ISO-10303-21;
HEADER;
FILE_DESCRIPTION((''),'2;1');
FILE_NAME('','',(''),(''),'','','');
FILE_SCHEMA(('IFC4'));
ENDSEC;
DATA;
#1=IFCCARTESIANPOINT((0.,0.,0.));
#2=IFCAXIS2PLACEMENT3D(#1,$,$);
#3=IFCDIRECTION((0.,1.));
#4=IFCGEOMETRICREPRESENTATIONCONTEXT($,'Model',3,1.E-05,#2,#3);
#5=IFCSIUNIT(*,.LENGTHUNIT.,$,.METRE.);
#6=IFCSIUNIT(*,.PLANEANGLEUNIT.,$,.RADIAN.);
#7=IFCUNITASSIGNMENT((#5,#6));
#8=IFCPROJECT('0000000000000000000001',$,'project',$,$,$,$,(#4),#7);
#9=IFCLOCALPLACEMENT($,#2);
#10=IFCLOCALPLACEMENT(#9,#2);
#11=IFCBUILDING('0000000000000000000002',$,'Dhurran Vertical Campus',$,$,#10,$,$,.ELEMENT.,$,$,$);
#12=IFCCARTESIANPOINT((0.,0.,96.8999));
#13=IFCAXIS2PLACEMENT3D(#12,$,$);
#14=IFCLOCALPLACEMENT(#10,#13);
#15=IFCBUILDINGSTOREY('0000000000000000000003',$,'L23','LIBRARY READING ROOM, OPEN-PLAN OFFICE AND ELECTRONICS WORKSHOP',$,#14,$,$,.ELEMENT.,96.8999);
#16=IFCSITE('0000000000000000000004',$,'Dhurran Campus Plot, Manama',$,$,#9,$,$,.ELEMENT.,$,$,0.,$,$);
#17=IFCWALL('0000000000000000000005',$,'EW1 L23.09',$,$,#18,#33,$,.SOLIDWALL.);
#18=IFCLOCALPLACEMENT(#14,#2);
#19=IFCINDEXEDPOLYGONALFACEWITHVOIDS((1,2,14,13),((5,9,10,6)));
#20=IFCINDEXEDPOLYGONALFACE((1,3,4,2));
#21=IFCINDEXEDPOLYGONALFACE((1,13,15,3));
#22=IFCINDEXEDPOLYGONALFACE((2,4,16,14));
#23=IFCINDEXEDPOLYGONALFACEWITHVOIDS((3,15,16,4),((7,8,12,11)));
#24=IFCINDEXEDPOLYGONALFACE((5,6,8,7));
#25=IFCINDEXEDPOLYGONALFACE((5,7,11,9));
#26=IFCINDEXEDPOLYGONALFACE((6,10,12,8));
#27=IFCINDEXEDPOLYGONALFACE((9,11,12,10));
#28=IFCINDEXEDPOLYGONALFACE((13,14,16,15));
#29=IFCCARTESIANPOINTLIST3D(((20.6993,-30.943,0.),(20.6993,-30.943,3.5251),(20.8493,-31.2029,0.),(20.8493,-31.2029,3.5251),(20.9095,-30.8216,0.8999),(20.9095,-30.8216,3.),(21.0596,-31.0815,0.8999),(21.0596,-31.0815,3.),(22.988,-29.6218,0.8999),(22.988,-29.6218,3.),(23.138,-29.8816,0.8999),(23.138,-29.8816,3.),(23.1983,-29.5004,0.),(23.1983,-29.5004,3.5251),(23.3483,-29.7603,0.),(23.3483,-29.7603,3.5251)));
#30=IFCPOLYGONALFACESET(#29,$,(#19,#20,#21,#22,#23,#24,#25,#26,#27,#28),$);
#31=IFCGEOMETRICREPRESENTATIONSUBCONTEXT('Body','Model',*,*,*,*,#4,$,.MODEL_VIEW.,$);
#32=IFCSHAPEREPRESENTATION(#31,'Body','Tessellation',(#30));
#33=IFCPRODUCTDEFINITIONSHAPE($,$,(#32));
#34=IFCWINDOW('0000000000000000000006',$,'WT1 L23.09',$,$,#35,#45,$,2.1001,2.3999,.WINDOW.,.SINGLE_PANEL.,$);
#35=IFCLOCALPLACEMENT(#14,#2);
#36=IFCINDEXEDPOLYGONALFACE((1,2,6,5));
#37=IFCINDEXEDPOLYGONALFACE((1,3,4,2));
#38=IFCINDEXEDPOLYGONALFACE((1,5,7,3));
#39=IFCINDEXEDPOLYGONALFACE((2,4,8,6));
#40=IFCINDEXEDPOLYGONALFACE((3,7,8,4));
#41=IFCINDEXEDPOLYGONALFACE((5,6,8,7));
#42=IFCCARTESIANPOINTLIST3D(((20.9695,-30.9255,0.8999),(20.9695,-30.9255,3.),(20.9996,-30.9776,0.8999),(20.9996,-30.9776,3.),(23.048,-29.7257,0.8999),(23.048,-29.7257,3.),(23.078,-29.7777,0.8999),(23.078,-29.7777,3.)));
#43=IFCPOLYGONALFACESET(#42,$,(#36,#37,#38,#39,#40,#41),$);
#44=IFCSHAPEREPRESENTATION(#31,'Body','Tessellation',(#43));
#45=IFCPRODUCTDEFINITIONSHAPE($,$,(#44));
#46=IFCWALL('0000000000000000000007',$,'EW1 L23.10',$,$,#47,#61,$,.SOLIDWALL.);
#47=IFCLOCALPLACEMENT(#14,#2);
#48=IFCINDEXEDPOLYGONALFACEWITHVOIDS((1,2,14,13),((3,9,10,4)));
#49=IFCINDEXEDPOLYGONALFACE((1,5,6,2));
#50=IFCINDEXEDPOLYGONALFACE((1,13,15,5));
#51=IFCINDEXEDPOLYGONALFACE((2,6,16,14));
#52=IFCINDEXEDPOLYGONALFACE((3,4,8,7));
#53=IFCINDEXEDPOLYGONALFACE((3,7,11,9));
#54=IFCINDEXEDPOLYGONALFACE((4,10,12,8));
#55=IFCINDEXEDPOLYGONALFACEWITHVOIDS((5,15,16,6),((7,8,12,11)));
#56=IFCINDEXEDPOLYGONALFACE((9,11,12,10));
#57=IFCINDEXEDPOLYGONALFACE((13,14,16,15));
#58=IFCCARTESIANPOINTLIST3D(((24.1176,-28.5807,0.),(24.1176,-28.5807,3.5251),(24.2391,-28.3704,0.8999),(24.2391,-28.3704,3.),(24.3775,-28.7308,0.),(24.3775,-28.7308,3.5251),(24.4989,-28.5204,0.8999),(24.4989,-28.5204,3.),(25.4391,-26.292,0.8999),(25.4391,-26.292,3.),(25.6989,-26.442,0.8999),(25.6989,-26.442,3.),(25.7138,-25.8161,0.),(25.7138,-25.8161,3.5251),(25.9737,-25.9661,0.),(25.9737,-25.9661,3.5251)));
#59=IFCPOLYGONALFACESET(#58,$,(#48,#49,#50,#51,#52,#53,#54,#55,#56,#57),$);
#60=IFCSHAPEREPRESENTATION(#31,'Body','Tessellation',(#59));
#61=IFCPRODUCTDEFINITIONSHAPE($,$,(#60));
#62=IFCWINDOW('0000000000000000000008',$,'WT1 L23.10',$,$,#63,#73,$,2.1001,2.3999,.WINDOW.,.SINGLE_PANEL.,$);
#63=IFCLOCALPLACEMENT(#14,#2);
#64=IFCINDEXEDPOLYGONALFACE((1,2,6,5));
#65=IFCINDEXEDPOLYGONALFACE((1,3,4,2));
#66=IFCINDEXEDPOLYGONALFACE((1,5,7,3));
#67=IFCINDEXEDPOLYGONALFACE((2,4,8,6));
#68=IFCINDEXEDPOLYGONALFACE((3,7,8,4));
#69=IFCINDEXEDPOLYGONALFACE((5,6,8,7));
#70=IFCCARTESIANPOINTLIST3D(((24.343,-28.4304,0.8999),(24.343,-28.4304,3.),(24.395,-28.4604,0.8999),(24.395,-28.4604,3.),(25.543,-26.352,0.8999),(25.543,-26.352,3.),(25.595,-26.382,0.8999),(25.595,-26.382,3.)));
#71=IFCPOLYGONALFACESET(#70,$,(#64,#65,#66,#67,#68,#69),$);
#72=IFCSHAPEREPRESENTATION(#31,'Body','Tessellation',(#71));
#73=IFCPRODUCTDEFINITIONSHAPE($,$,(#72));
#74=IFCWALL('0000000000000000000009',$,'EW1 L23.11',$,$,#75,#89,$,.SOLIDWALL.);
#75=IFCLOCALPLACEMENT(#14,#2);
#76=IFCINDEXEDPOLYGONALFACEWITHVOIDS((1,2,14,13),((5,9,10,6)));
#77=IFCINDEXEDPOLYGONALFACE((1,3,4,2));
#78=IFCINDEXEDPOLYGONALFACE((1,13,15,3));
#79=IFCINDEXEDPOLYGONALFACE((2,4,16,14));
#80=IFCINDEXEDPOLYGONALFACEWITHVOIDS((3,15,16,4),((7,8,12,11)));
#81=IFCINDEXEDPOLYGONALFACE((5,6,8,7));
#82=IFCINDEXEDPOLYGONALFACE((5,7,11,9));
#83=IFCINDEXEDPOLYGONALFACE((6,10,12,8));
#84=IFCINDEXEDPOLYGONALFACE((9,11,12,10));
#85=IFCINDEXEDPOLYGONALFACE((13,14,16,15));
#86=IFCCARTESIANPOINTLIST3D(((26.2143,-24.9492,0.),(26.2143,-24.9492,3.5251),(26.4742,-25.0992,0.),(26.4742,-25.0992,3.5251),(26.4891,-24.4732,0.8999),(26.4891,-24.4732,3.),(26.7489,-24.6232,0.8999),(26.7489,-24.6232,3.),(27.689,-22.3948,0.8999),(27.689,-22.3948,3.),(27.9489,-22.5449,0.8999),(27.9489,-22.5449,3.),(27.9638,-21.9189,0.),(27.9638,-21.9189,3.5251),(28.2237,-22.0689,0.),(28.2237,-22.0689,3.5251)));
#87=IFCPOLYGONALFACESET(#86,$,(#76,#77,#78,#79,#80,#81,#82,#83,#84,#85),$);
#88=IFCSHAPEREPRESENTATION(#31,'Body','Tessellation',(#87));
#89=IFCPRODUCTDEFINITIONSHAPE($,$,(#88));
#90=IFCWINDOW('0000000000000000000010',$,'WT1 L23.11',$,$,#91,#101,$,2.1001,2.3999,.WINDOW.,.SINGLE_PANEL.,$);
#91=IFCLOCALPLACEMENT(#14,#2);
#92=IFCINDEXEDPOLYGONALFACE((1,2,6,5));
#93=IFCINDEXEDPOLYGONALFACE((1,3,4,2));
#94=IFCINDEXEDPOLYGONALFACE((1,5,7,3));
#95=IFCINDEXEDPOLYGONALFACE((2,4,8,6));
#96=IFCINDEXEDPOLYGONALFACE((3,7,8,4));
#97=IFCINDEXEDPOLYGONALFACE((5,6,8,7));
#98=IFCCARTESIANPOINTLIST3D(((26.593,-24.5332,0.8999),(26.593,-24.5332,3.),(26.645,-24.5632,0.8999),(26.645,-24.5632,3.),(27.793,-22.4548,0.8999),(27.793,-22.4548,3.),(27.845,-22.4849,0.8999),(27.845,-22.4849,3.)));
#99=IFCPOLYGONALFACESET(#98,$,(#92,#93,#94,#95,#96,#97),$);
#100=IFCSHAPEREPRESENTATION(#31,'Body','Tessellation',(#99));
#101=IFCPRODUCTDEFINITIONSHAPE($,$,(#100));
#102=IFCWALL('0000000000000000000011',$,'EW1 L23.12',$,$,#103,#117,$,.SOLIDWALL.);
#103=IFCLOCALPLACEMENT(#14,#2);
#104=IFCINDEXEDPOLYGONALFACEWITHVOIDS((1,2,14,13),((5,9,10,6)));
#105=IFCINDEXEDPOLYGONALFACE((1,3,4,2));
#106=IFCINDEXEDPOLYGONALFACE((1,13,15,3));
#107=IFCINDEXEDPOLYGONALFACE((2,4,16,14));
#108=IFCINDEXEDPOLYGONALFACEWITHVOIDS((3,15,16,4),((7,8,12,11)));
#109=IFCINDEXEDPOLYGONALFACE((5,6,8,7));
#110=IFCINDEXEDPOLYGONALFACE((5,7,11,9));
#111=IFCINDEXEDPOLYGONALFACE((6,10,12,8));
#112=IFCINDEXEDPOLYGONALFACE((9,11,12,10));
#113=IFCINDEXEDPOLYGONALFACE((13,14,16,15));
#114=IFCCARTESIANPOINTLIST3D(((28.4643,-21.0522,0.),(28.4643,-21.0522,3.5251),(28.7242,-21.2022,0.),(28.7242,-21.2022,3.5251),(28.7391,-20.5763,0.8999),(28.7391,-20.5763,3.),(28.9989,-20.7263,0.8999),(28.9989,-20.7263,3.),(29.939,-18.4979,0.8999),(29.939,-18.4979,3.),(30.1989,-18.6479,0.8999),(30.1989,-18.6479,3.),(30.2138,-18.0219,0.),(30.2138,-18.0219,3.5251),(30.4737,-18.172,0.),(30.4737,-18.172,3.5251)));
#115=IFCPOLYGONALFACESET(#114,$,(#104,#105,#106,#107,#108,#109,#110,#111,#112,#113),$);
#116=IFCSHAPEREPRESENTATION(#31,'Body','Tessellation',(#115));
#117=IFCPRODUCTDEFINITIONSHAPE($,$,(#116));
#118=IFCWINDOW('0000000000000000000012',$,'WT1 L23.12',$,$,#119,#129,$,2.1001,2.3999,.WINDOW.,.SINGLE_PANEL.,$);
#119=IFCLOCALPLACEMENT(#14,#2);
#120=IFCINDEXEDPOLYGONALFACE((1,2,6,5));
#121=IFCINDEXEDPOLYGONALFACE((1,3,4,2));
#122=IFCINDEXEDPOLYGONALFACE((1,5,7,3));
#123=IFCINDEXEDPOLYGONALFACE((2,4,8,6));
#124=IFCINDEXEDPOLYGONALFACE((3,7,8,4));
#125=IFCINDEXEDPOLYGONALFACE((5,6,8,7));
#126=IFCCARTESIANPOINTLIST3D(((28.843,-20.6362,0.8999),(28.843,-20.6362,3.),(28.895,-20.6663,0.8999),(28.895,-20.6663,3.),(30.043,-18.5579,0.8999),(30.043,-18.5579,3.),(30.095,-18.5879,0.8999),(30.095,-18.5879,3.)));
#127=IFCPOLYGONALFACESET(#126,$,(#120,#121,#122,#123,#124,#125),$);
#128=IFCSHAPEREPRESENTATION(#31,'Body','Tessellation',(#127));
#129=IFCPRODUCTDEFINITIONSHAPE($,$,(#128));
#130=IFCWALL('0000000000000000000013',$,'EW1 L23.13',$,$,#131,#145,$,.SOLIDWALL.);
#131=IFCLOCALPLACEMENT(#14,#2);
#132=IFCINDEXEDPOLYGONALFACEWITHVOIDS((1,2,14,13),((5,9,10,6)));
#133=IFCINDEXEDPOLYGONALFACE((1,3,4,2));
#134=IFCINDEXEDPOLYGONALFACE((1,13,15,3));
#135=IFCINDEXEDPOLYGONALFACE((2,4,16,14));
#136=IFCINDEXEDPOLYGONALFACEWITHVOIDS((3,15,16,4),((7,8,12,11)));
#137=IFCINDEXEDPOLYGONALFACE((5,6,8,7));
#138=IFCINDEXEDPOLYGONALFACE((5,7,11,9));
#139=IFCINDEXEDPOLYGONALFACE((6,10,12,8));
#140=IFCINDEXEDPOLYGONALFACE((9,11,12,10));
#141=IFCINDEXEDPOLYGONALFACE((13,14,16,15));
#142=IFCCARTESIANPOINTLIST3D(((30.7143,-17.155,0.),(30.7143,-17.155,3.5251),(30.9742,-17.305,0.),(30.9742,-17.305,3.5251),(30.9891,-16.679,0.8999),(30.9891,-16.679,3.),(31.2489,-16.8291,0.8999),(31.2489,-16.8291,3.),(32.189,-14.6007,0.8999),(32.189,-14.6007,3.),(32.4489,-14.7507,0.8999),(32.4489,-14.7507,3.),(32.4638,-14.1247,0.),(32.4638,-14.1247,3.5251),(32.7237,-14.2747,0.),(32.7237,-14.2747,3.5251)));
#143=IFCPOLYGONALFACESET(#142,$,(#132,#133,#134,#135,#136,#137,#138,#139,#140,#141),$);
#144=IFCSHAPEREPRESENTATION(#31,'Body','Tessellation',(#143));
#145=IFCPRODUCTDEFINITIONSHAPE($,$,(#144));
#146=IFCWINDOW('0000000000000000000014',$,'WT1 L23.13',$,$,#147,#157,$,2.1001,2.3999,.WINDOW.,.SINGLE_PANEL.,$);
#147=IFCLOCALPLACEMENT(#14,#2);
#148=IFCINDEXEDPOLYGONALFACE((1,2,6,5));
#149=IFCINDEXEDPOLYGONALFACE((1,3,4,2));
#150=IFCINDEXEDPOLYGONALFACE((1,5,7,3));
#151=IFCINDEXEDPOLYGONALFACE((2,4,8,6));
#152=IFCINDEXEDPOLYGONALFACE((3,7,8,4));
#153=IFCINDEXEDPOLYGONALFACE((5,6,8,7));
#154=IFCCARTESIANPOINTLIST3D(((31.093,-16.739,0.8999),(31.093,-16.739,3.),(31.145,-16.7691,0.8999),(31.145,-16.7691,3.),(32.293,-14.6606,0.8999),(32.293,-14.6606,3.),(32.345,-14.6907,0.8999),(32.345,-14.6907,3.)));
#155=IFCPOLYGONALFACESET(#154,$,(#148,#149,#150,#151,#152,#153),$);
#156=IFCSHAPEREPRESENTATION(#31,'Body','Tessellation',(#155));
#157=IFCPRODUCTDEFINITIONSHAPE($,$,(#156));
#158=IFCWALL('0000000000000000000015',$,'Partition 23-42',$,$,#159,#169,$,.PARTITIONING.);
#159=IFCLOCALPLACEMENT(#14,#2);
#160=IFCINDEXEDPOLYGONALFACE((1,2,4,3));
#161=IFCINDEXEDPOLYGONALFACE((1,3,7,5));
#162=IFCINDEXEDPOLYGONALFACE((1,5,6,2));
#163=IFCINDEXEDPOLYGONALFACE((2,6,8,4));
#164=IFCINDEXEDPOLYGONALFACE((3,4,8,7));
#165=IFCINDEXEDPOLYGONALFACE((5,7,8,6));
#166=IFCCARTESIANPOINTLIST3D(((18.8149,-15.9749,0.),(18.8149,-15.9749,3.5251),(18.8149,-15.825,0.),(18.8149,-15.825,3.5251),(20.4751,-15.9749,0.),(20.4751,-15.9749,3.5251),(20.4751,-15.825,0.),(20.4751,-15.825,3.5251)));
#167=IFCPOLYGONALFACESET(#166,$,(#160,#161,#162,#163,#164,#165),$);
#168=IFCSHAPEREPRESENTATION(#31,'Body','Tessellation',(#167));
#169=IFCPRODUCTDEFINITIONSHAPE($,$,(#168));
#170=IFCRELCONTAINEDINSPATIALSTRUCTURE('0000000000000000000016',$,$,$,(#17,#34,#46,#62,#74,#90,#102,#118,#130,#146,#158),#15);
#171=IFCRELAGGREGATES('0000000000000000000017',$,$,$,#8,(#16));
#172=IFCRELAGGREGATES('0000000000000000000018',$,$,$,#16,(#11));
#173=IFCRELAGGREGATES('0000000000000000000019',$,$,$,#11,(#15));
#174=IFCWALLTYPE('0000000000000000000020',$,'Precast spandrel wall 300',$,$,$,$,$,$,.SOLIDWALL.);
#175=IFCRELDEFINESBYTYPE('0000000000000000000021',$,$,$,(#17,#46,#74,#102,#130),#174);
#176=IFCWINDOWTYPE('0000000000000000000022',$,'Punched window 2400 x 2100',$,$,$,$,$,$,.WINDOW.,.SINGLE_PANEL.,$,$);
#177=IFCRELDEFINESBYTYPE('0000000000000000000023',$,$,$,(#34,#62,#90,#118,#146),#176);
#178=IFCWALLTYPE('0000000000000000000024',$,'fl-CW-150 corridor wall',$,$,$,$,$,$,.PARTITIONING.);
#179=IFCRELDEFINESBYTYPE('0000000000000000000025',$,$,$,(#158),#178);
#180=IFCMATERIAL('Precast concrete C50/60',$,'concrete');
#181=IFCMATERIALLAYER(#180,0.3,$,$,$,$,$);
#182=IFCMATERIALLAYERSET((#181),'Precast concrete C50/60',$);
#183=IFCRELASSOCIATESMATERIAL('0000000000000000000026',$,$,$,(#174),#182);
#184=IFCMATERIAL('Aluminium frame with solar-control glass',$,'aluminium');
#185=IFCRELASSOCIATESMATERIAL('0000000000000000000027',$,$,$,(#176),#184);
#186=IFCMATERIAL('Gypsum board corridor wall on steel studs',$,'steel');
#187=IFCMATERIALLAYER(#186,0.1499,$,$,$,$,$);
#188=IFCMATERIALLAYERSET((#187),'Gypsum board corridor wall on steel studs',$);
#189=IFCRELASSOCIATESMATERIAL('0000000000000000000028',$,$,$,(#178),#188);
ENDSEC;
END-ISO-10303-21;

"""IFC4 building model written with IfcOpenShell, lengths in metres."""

from ifc_helpers import new_model, si_unit, direction, frame, frame_2d, origin, place, context, subcontext, project, spatial, rectangle, extrude, material, layer, layer_set, type_object, element, fill, save


model = new_model("IFC4")

# Units and contexts
model_context = context("Model", 3, precision=1e-05, world=origin(), true_north=direction((0.0, 1.0)))
body_context = subcontext(model_context, "Body", "Model", "MODEL_VIEW")
ifc_project = project(units=[si_unit("LENGTHUNIT", "METRE"), si_unit("PLANEANGLEUNIT", "RADIAN")], contexts=[model_context])

# Site, building, storey
site_placement = place(None, origin())
site = spatial("IfcSite", under=ifc_project, at=site_placement, Name="Dhurran Campus Plot, Manama", CompositionType="ELEMENT", RefElevation=0.0)
building_placement = place(site_placement, origin())
building = spatial("IfcBuilding", under=site, at=building_placement, Name="Dhurran Vertical Campus", CompositionType="ELEMENT")
storey_placement = place(building_placement, frame((0.0, 0.0, 96.8999)))
storey = spatial("IfcBuildingStorey", under=building, at=storey_placement, Name="L23", Description="LIBRARY READING ROOM, OPEN-PLAN OFFICE AND ELECTRONICS WORKSHOP", CompositionType="ELEMENT", Elevation=96.8999)

# Walls, openings, windows
ifc_material_1 = material(Name="Precast concrete C50/60", Category="concrete")
ifc_layer_1 = layer(ifc_material_1, 0.3)
ifc_layer_set_1 = layer_set([ifc_layer_1], Name="Precast concrete C50/60")
wall_type_1 = type_object("IfcWallType", Name="Precast spandrel wall 300", PredefinedType="SOLIDWALL", material=ifc_layer_set_1)
ifc_material_2 = material(Name="Aluminium frame with solar-control glass", Category="aluminium")
window_type = type_object("IfcWindowType", Name="Punched window 2400 x 2100", PartitioningType="SINGLE_PANEL", PredefinedType="WINDOW", material=ifc_material_2)
wall_1_placement = place(storey_placement, frame((20.7742, -31.073, 0.0), z_axis=(0.0, 0.0, 1.0), x_axis=(0.866053, 0.499952, 0.0)))
wall_1 = element("IfcWall", 1, at=wall_1_placement, inside=storey, type_object=wall_type_1, Name="EW1 L23.09", PredefinedType="SOLIDWALL", context=body_context, shape_type="SweptSolid", body=[
    extrude(rectangle(XDim=2.8855, YDim=0.3, at=frame_2d((1.4429, 0.0))), origin(), (0.0, 0.0, 1.0), 3.5251),
])
opening_1_placement = place(wall_1_placement, frame((0.2429, 0.0, 0.8999)))
opening_1 = element("IfcOpeningElement", 2, at=opening_1_placement, cuts=wall_1, PredefinedType="OPENING", context=body_context, shape_type="SweptSolid", body=[
    extrude(rectangle(XDim=2.3999, YDim=2.1001, at=frame_2d((1.2, 1.05))), frame((0.0, 0.1599, 0.0), z_axis=(0.0, -1.0, 0.0), x_axis=(1.0, 0.0, 0.0)), (0.0, 0.0, 1.0), 0.3201),
])
window_1_placement = place(opening_1_placement, origin())
window_1 = element("IfcWindow", 3, at=window_1_placement, inside=storey, type_object=window_type, Name="WT1 L23.09", OverallHeight=2.1001, OverallWidth=2.3999, PartitioningType="SINGLE_PANEL", PredefinedType="WINDOW", context=body_context, shape_type="SweptSolid", body=[
    extrude(rectangle(XDim=2.3999, YDim=2.1001, at=frame_2d((1.2, 1.05))), frame((0.0, 0.03, 0.0), z_axis=(0.0, -1.0, 0.0), x_axis=(1.0, 0.0, 0.0)), (0.0, 0.0, 1.0), 0.0601),
])
fill(opening_1, window_1)
wall_2_placement = place(storey_placement, frame((24.2476, -28.6558, 0.0), z_axis=(0.0, 0.0, 1.0), x_axis=(0.500005, 0.866023, 0.0)))
wall_2 = element("IfcWall", 4, at=wall_2_placement, inside=storey, type_object=wall_type_1, Name="EW1 L23.10", PredefinedType="SOLIDWALL", context=body_context, shape_type="SweptSolid", body=[
    extrude(rectangle(XDim=3.1924, YDim=0.3, at=frame_2d((1.5962, 0.0))), origin(), (0.0, 0.0, 1.0), 3.5251),
])
opening_2_placement = place(wall_2_placement, frame((0.2429, 0.0, 0.8999)))
opening_2 = element("IfcOpeningElement", 5, at=opening_2_placement, cuts=wall_2, PredefinedType="OPENING", context=body_context, shape_type="SweptSolid", body=[
    extrude(rectangle(XDim=2.3999, YDim=2.1001, at=frame_2d((1.2, 1.05))), frame((0.0, 0.1599, 0.0), z_axis=(0.0, -1.0, 0.0), x_axis=(1.0, 0.0, 0.0)), (0.0, 0.0, 1.0), 0.3201),
])
window_2_placement = place(opening_2_placement, origin())
window_2 = element("IfcWindow", 6, at=window_2_placement, inside=storey, type_object=window_type, Name="WT1 L23.10", OverallHeight=2.1001, OverallWidth=2.3999, PartitioningType="SINGLE_PANEL", PredefinedType="WINDOW", context=body_context, shape_type="SweptSolid", body=[
    extrude(rectangle(XDim=2.3999, YDim=2.1001, at=frame_2d((1.2, 1.05))), frame((0.0, 0.03, 0.0), z_axis=(0.0, -1.0, 0.0), x_axis=(1.0, 0.0, 0.0)), (0.0, 0.0, 1.0), 0.0601),
])
fill(opening_2, window_2)
wall_3_placement = place(storey_placement, frame((26.3442, -25.0242, 0.0), z_axis=(0.0, 0.0, 1.0), x_axis=(0.499996, 0.866028, 0.0)))
wall_3 = element("IfcWall", 7, at=wall_3_placement, inside=storey, type_object=wall_type_1, Name="EW1 L23.11", PredefinedType="SOLIDWALL", context=body_context, shape_type="SweptSolid", body=[
    extrude(rectangle(XDim=3.499, YDim=0.3, at=frame_2d((1.7495, 0.0))), origin(), (0.0, 0.0, 1.0), 3.5251),
])
opening_3_placement = place(wall_3_placement, frame((0.5496, 0.0, 0.8999)))
opening_3 = element("IfcOpeningElement", 8, at=opening_3_placement, cuts=wall_3, PredefinedType="OPENING", context=body_context, shape_type="SweptSolid", body=[
    extrude(rectangle(XDim=2.3999, YDim=2.1001, at=frame_2d((1.2, 1.05))), frame((0.0, 0.1599, 0.0), z_axis=(0.0, -1.0, 0.0), x_axis=(1.0, 0.0, 0.0)), (0.0, 0.0, 1.0), 0.3201),
])
window_3_placement = place(opening_3_placement, origin())
window_3 = element("IfcWindow", 9, at=window_3_placement, inside=storey, type_object=window_type, Name="WT1 L23.11", OverallHeight=2.1001, OverallWidth=2.3999, PartitioningType="SINGLE_PANEL", PredefinedType="WINDOW", context=body_context, shape_type="SweptSolid", body=[
    extrude(rectangle(XDim=2.3999, YDim=2.1001, at=frame_2d((1.2, 1.05))), frame((0.0, 0.03, 0.0), z_axis=(0.0, -1.0, 0.0), x_axis=(1.0, 0.0, 0.0)), (0.0, 0.0, 1.0), 0.0601),
])
fill(opening_3, window_3)
wall_4_placement = place(storey_placement, frame((28.5942, -21.1272, 0.0), z_axis=(0.0, 0.0, 1.0), x_axis=(0.499996, 0.866028, 0.0)))
wall_4 = element("IfcWall", 10, at=wall_4_placement, inside=storey, type_object=wall_type_1, Name="EW1 L23.12", PredefinedType="SOLIDWALL", context=body_context, shape_type="SweptSolid", body=[
    extrude(rectangle(XDim=3.499, YDim=0.3, at=frame_2d((1.7495, 0.0))), origin(), (0.0, 0.0, 1.0), 3.5251),
])
opening_4_placement = place(wall_4_placement, frame((0.5496, 0.0, 0.8999)))
opening_4 = element("IfcOpeningElement", 11, at=opening_4_placement, cuts=wall_4, PredefinedType="OPENING", context=body_context, shape_type="SweptSolid", body=[
    extrude(rectangle(XDim=2.3999, YDim=2.1001, at=frame_2d((1.2, 1.05))), frame((0.0, 0.1599, 0.0), z_axis=(0.0, -1.0, 0.0), x_axis=(1.0, 0.0, 0.0)), (0.0, 0.0, 1.0), 0.3201),
])
window_4_placement = place(opening_4_placement, origin())
window_4 = element("IfcWindow", 12, at=window_4_placement, inside=storey, type_object=window_type, Name="WT1 L23.12", OverallHeight=2.1001, OverallWidth=2.3999, PartitioningType="SINGLE_PANEL", PredefinedType="WINDOW", context=body_context, shape_type="SweptSolid", body=[
    extrude(rectangle(XDim=2.3999, YDim=2.1001, at=frame_2d((1.2, 1.05))), frame((0.0, 0.03, 0.0), z_axis=(0.0, -1.0, 0.0), x_axis=(1.0, 0.0, 0.0)), (0.0, 0.0, 1.0), 0.0601),
])
fill(opening_4, window_4)
wall_5_placement = place(storey_placement, frame((30.8442, -17.23, 0.0), z_axis=(0.0, 0.0, 1.0), x_axis=(0.499996, 0.866028, 0.0)))
wall_5 = element("IfcWall", 13, at=wall_5_placement, inside=storey, type_object=wall_type_1, Name="EW1 L23.13", PredefinedType="SOLIDWALL", context=body_context, shape_type="SweptSolid", body=[
    extrude(rectangle(XDim=3.499, YDim=0.3, at=frame_2d((1.7495, 0.0))), origin(), (0.0, 0.0, 1.0), 3.5251),
])
opening_5_placement = place(wall_5_placement, frame((0.5496, 0.0, 0.8999)))
opening_5 = element("IfcOpeningElement", 14, at=opening_5_placement, cuts=wall_5, PredefinedType="OPENING", context=body_context, shape_type="SweptSolid", body=[
    extrude(rectangle(XDim=2.3999, YDim=2.1001, at=frame_2d((1.2, 1.05))), frame((0.0, 0.1599, 0.0), z_axis=(0.0, -1.0, 0.0), x_axis=(1.0, 0.0, 0.0)), (0.0, 0.0, 1.0), 0.3201),
])
window_5_placement = place(opening_5_placement, origin())
window_5 = element("IfcWindow", 15, at=window_5_placement, inside=storey, type_object=window_type, Name="WT1 L23.13", OverallHeight=2.1001, OverallWidth=2.3999, PartitioningType="SINGLE_PANEL", PredefinedType="WINDOW", context=body_context, shape_type="SweptSolid", body=[
    extrude(rectangle(XDim=2.3999, YDim=2.1001, at=frame_2d((1.2, 1.05))), frame((0.0, 0.03, 0.0), z_axis=(0.0, -1.0, 0.0), x_axis=(1.0, 0.0, 0.0)), (0.0, 0.0, 1.0), 0.0601),
])
fill(opening_5, window_5)

# Wall
ifc_material_3 = material(Name="Gypsum board corridor wall on steel studs", Category="steel")
ifc_layer_2 = layer(ifc_material_3, 0.1499)
ifc_layer_set_2 = layer_set([ifc_layer_2], Name="Gypsum board corridor wall on steel studs")
wall_type_2 = type_object("IfcWallType", Name="fl-CW-150 corridor wall", PredefinedType="PARTITIONING", material=ifc_layer_set_2)
wall_6_placement = place(storey_placement, frame((18.8149, -15.8999, 0.0), z_axis=(0.0, 0.0, 1.0), x_axis=(1.0, 0.0, 0.0)))
element("IfcWall", 16, at=wall_6_placement, inside=storey, type_object=wall_type_2, Name="Partition 23-42", PredefinedType="PARTITIONING", context=body_context, shape_type="SweptSolid", body=[
    extrude(rectangle(XDim=1.6602, YDim=0.1499, at=frame_2d((0.8301, 0.0))), origin(), (0.0, 0.0, 1.0), 3.5251),
])

save(model, "model.ifc")
